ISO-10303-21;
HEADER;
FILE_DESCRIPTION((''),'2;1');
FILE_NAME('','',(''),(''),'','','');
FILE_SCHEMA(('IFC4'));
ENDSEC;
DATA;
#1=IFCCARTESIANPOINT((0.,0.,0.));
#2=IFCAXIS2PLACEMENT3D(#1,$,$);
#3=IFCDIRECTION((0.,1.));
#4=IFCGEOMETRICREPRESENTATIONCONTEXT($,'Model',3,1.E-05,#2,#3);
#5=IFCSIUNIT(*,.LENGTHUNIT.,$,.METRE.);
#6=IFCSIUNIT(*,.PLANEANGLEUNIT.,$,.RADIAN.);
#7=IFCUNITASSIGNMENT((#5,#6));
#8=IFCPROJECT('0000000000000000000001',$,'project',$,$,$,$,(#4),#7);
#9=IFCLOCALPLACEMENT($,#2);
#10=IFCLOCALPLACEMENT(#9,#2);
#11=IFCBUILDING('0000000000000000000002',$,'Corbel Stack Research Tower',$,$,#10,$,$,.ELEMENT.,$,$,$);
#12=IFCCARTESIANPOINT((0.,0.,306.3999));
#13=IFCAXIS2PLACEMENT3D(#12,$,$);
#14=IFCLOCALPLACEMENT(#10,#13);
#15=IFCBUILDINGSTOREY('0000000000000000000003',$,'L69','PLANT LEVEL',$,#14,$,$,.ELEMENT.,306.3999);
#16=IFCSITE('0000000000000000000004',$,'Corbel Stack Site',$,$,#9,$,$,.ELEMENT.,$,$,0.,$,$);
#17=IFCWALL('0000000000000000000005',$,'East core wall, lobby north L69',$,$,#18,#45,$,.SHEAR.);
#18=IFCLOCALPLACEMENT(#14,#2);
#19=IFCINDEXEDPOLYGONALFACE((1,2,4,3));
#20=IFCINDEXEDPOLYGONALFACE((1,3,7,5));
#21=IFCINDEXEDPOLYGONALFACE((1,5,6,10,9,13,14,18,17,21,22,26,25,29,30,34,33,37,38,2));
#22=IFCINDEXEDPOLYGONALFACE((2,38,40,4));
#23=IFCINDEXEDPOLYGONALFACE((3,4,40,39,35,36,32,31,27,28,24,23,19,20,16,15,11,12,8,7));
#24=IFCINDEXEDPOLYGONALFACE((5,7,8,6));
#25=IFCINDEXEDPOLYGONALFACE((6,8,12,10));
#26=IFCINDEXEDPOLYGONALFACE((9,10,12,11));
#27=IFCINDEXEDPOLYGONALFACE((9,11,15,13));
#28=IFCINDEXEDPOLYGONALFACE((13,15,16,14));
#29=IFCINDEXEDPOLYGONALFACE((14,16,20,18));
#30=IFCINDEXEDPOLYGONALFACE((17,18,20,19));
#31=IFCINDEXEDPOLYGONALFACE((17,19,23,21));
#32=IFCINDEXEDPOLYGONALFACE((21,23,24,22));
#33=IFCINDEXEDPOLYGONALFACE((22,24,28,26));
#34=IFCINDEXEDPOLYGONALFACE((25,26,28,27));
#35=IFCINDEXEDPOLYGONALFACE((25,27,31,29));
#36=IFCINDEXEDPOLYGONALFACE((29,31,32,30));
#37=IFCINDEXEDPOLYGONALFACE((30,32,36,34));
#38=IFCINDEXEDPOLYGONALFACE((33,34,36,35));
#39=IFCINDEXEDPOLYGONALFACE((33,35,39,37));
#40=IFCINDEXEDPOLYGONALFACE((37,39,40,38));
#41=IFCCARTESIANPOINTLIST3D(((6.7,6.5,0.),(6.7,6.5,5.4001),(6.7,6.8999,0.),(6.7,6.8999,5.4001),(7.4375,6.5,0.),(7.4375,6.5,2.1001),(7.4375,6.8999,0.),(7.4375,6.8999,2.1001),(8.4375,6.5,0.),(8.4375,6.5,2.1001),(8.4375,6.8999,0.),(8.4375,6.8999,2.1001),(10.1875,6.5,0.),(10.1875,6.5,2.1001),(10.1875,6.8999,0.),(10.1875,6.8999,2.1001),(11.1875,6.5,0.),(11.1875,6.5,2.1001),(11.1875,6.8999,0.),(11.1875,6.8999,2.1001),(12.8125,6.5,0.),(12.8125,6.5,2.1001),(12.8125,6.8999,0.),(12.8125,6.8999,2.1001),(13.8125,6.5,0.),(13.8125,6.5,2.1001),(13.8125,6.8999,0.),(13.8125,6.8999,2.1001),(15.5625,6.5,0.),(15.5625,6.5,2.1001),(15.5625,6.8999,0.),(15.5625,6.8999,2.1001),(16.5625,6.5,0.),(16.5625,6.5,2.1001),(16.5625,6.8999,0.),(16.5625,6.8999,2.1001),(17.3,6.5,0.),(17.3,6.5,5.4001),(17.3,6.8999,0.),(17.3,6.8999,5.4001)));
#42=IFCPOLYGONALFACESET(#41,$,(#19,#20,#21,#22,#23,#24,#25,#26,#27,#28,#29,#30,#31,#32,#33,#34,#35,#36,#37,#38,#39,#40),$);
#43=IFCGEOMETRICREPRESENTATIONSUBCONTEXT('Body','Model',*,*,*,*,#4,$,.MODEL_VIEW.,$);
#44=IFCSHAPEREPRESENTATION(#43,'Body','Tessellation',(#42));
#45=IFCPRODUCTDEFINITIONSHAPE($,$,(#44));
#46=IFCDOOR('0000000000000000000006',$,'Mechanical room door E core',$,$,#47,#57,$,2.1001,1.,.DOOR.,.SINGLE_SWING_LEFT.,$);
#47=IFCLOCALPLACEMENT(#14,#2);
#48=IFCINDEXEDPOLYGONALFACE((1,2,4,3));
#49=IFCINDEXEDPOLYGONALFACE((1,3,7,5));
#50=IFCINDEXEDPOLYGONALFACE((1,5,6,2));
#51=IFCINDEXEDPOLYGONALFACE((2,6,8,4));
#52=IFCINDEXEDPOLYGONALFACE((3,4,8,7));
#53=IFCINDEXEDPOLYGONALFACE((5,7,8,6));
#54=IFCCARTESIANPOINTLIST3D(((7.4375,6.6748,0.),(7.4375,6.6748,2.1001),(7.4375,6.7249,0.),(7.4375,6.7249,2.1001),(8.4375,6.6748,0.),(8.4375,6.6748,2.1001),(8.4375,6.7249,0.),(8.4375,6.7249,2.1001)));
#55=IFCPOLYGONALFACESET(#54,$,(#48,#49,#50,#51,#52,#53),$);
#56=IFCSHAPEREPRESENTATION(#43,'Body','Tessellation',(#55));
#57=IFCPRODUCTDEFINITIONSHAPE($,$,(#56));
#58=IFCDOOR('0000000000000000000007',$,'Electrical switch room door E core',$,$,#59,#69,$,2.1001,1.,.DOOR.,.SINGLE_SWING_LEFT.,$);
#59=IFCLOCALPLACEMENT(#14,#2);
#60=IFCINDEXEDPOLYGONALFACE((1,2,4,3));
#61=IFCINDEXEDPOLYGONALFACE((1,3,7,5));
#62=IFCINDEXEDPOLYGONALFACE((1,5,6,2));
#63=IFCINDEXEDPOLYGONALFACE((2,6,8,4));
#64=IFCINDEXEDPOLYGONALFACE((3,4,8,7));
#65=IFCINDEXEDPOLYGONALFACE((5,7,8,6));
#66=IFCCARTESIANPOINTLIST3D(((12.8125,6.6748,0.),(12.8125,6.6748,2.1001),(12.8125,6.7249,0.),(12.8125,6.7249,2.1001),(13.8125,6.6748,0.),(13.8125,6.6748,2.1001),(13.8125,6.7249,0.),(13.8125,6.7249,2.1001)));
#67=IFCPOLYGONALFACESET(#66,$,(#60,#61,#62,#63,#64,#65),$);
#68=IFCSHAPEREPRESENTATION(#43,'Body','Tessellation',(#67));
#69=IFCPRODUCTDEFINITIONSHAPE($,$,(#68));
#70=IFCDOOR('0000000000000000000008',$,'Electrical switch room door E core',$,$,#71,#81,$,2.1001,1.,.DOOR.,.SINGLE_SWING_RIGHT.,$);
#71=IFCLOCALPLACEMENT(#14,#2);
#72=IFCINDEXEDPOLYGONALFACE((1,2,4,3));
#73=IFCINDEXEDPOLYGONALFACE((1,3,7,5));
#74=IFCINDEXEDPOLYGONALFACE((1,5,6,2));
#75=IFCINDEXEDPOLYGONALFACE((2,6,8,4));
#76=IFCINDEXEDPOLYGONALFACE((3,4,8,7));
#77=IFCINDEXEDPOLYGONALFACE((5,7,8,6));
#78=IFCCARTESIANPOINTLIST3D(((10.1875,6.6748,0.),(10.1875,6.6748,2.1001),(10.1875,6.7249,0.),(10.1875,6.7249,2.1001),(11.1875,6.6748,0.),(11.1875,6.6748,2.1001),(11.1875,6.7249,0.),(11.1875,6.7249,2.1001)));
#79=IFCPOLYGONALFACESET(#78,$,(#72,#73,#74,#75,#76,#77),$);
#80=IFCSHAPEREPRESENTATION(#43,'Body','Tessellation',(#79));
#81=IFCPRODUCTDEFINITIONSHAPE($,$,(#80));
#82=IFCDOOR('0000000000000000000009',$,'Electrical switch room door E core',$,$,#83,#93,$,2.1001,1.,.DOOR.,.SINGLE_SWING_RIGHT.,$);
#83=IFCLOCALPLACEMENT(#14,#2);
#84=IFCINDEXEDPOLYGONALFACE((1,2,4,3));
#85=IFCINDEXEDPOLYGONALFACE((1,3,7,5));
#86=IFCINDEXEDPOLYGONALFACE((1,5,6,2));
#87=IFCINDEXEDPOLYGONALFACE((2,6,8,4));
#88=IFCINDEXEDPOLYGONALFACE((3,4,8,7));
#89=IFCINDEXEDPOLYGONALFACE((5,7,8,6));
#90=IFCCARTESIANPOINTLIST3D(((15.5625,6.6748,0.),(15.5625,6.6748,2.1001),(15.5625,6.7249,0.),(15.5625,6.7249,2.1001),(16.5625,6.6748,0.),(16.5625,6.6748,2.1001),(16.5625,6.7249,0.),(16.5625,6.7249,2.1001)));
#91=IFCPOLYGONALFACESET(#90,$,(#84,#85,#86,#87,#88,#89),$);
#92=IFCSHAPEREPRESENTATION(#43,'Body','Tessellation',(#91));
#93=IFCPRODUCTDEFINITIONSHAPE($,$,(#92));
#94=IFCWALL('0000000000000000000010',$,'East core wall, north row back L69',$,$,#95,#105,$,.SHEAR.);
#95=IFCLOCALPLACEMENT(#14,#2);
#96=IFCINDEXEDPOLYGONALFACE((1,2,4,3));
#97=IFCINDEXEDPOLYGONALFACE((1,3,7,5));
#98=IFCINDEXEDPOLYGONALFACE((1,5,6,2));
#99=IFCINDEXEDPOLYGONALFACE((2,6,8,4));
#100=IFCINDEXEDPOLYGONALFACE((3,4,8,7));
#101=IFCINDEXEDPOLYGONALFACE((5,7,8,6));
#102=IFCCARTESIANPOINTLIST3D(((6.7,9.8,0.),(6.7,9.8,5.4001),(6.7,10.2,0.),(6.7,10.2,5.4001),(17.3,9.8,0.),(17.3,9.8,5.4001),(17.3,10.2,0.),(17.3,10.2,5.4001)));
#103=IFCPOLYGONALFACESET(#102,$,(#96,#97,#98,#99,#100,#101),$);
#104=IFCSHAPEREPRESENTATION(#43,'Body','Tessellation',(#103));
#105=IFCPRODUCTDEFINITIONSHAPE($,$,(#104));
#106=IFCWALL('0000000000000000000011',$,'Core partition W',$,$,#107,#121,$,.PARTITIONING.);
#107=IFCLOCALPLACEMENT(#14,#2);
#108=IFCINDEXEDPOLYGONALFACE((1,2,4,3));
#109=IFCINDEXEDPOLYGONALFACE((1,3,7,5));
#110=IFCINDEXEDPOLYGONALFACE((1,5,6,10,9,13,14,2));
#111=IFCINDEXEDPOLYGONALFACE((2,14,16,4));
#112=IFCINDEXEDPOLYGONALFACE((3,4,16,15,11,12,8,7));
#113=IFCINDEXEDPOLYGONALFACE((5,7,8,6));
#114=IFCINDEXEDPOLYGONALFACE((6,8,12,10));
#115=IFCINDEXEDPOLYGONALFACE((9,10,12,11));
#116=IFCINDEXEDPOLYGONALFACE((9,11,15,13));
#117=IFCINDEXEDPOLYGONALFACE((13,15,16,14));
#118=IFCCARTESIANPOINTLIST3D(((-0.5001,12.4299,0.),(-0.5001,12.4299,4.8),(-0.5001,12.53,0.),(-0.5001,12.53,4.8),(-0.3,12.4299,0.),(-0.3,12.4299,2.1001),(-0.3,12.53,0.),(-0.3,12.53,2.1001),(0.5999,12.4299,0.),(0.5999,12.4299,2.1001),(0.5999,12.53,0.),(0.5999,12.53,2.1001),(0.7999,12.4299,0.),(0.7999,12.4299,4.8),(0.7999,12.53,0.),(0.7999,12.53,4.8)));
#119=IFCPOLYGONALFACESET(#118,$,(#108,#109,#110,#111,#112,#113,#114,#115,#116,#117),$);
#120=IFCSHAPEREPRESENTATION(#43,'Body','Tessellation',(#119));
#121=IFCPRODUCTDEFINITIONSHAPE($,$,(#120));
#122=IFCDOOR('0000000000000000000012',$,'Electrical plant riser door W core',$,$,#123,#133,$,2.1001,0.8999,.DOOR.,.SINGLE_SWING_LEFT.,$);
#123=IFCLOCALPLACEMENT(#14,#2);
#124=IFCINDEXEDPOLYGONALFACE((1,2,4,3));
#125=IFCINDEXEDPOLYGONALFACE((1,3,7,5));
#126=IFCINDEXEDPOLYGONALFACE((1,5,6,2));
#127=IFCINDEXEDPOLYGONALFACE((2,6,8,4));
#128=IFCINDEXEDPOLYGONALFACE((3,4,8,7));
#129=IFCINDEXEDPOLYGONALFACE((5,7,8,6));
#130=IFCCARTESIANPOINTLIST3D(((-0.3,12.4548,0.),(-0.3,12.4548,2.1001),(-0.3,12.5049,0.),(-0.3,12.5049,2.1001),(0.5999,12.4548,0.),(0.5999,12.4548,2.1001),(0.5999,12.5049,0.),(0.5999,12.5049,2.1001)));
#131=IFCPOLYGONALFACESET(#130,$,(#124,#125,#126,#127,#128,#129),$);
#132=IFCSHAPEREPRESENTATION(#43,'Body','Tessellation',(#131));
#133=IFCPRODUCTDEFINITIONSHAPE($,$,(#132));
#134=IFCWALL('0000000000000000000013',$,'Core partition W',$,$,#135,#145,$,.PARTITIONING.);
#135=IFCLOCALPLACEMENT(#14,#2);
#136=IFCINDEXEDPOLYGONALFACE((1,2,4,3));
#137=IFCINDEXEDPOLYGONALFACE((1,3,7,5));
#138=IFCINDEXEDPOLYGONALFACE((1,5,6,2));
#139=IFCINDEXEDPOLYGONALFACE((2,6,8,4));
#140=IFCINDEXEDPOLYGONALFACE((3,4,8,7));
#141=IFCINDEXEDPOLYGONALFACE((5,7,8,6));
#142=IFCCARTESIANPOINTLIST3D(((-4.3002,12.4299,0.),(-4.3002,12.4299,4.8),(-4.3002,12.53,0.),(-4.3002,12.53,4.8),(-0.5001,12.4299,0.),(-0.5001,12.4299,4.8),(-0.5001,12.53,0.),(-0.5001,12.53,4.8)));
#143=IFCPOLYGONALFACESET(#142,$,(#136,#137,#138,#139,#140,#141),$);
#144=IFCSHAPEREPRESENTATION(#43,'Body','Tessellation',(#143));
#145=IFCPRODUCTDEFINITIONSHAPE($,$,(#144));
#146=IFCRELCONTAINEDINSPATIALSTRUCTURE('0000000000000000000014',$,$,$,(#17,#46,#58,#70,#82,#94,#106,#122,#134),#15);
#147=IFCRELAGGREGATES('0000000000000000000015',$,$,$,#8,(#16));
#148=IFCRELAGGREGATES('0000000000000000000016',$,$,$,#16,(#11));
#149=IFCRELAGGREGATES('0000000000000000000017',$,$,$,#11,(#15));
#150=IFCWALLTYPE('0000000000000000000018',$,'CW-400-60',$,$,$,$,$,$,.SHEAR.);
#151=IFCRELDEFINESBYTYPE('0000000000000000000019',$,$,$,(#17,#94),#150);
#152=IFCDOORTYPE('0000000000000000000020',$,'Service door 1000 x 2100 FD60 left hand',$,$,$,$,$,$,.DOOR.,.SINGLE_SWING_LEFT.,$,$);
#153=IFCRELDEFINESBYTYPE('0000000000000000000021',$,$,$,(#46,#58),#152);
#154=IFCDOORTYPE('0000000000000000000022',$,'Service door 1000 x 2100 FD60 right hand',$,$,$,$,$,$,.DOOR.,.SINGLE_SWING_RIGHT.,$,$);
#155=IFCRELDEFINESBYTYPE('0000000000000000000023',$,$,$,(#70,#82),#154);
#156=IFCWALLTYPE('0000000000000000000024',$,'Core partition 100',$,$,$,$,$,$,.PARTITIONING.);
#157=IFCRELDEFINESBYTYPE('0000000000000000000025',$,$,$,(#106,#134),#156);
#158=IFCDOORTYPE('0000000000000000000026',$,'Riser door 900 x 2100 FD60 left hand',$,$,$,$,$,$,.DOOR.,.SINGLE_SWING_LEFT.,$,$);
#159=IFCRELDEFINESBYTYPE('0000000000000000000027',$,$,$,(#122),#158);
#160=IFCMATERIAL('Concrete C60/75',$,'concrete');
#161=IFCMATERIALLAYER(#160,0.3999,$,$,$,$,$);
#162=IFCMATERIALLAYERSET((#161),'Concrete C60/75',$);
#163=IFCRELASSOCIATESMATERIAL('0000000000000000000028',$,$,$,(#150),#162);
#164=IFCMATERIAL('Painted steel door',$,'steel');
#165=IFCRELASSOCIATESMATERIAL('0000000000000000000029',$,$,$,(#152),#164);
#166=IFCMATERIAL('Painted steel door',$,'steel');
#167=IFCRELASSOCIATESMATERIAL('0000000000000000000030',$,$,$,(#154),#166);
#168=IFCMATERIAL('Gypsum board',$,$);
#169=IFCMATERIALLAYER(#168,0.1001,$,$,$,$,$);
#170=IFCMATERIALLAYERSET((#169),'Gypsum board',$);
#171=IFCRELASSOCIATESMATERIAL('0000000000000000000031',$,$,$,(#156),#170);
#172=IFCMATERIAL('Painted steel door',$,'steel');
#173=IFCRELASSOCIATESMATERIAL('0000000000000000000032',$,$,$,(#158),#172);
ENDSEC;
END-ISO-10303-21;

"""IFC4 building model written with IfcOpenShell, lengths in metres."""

from ifc_helpers import new_model, si_unit, direction, frame, frame_2d, origin, place, context, subcontext, project, spatial, rectangle, extrude, material, layer, layer_set, type_object, element, fill, save


model = new_model("IFC4")

# Units and contexts
model_context = context("Model", 3, precision=1e-05, world=origin(), true_north=direction((0.0, 1.0)))
body_context = subcontext(model_context, "Body", "Model", "MODEL_VIEW")
ifc_project = project(units=[si_unit("LENGTHUNIT", "METRE"), si_unit("PLANEANGLEUNIT", "RADIAN")], contexts=[model_context])

# Site, building, storey
site_placement = place(None, origin())
site = spatial("IfcSite", under=ifc_project, at=site_placement, Name="Corbel Stack Site", CompositionType="ELEMENT", RefElevation=0.0)
building_placement = place(site_placement, origin())
building = spatial("IfcBuilding", under=site, at=building_placement, Name="Corbel Stack Research Tower", CompositionType="ELEMENT")
storey_placement = place(building_placement, frame((0.0, 0.0, 306.3999)))
storey = spatial("IfcBuildingStorey", under=building, at=storey_placement, Name="L69", Description="PLANT LEVEL", CompositionType="ELEMENT", Elevation=306.3999)

# Shared definitions
ifc_material_1 = material(Name="Concrete C60/75", Category="concrete")
ifc_layer_1 = layer(ifc_material_1, 0.3999)
ifc_layer_set_1 = layer_set([ifc_layer_1], Name="Concrete C60/75")
wall_type_1 = type_object("IfcWallType", Name="CW-400-60", PredefinedType="SHEAR", material=ifc_layer_set_1)

# Wall, openings, doors
ifc_material_2 = material(Name="Painted steel door", Category="steel")
door_type_1 = type_object("IfcDoorType", Name="Service door 1000 x 2100 FD60 left hand", OperationType="SINGLE_SWING_LEFT", PredefinedType="DOOR", material=ifc_material_2)
ifc_material_3 = material(Name="Painted steel door", Category="steel")
door_type_2 = type_object("IfcDoorType", Name="Service door 1000 x 2100 FD60 right hand", OperationType="SINGLE_SWING_RIGHT", PredefinedType="DOOR", material=ifc_material_3)
wall_1_placement = place(storey_placement, frame((6.7, 6.7, 0.0), z_axis=(0.0, 0.0, 1.0), x_axis=(1.0, 0.0, 0.0)))
wall_1 = element("IfcWall", 1, at=wall_1_placement, inside=storey, type_object=wall_type_1, Name="East core wall, lobby north L69", PredefinedType="SHEAR", context=body_context, shape_type="SweptSolid", body=[
    extrude(rectangle(XDim=10.6001, YDim=0.3999, at=frame_2d((5.3, 0.0))), origin(), (0.0, 0.0, 1.0), 5.4001),
])
opening_1_placement = place(wall_1_placement, frame((0.7375, 0.0, 0.0)))
opening_1 = element("IfcOpeningElement", 2, at=opening_1_placement, cuts=wall_1, PredefinedType="OPENING", context=body_context, shape_type="SweptSolid", body=[
    extrude(rectangle(XDim=1.0, YDim=2.1001, at=frame_2d((0.5, 1.05))), frame((0.0, 0.21, 0.0), z_axis=(0.0, -1.0, 0.0), x_axis=(1.0, 0.0, 0.0)), (0.0, 0.0, 1.0), 0.4199),
])
opening_2_placement = place(wall_1_placement, frame((3.4875, 0.0, 0.0)))
opening_2 = element("IfcOpeningElement", 3, at=opening_2_placement, cuts=wall_1, PredefinedType="OPENING", context=body_context, shape_type="SweptSolid", body=[
    extrude(rectangle(XDim=1.0, YDim=2.1001, at=frame_2d((0.5, 1.05))), frame((0.0, 0.21, 0.0), z_axis=(0.0, -1.0, 0.0), x_axis=(1.0, 0.0, 0.0)), (0.0, 0.0, 1.0), 0.4199),
])
opening_3_placement = place(wall_1_placement, frame((6.1125, 0.0, 0.0)))
opening_3 = element("IfcOpeningElement", 4, at=opening_3_placement, cuts=wall_1, PredefinedType="OPENING", context=body_context, shape_type="SweptSolid", body=[
    extrude(rectangle(XDim=1.0, YDim=2.1001, at=frame_2d((0.5, 1.05))), frame((0.0, 0.21, 0.0), z_axis=(0.0, -1.0, 0.0), x_axis=(1.0, 0.0, 0.0)), (0.0, 0.0, 1.0), 0.4199),
])
opening_4_placement = place(wall_1_placement, frame((8.8625, 0.0, 0.0)))
opening_4 = element("IfcOpeningElement", 5, at=opening_4_placement, cuts=wall_1, PredefinedType="OPENING", context=body_context, shape_type="SweptSolid", body=[
    extrude(rectangle(XDim=1.0, YDim=2.1001, at=frame_2d((0.5, 1.05))), frame((0.0, 0.21, 0.0), z_axis=(0.0, -1.0, 0.0), x_axis=(1.0, 0.0, 0.0)), (0.0, 0.0, 1.0), 0.4199),
])
door_1_placement = place(opening_1_placement, origin())
door_1 = element("IfcDoor", 6, at=door_1_placement, inside=storey, type_object=door_type_1, Name="Mechanical room door E core", OperationType="SINGLE_SWING_LEFT", OverallHeight=2.1001, OverallWidth=1.0, PredefinedType="DOOR", context=body_context, shape_type="SweptSolid", body=[
    extrude(rectangle(XDim=1.0, YDim=2.1001, at=frame_2d((0.5, 1.05))), frame((0.0, 0.0249, 0.0), z_axis=(0.0, -1.0, 0.0), x_axis=(1.0, 0.0, 0.0)), (0.0, 0.0, 1.0), 0.05),
])
fill(opening_1, door_1)
door_2_placement = place(opening_3_placement, origin())
door_2 = element("IfcDoor", 7, at=door_2_placement, inside=storey, type_object=door_type_1, Name="Electrical switch room door E core", OperationType="SINGLE_SWING_LEFT", OverallHeight=2.1001, OverallWidth=1.0, PredefinedType="DOOR", context=body_context, shape_type="SweptSolid", body=[
    extrude(rectangle(XDim=1.0, YDim=2.1001, at=frame_2d((0.5, 1.05))), frame((0.0, 0.0249, 0.0), z_axis=(0.0, -1.0, 0.0), x_axis=(1.0, 0.0, 0.0)), (0.0, 0.0, 1.0), 0.05),
])
fill(opening_3, door_2)
door_3_placement = place(opening_2_placement, origin())
door_3 = element("IfcDoor", 8, at=door_3_placement, inside=storey, type_object=door_type_2, Name="Electrical switch room door E core", OperationType="SINGLE_SWING_RIGHT", OverallHeight=2.1001, OverallWidth=1.0, PredefinedType="DOOR", context=body_context, shape_type="SweptSolid", body=[
    extrude(rectangle(XDim=1.0, YDim=2.1001, at=frame_2d((0.5, 1.05))), frame((0.0, 0.0249, 0.0), z_axis=(0.0, -1.0, 0.0), x_axis=(1.0, 0.0, 0.0)), (0.0, 0.0, 1.0), 0.05),
])
fill(opening_2, door_3)
door_4_placement = place(opening_4_placement, origin())
door_4 = element("IfcDoor", 9, at=door_4_placement, inside=storey, type_object=door_type_2, Name="Electrical switch room door E core", OperationType="SINGLE_SWING_RIGHT", OverallHeight=2.1001, OverallWidth=1.0, PredefinedType="DOOR", context=body_context, shape_type="SweptSolid", body=[
    extrude(rectangle(XDim=1.0, YDim=2.1001, at=frame_2d((0.5, 1.05))), frame((0.0, 0.0249, 0.0), z_axis=(0.0, -1.0, 0.0), x_axis=(1.0, 0.0, 0.0)), (0.0, 0.0, 1.0), 0.05),
])
fill(opening_4, door_4)

# Wall
wall_2_placement = place(storey_placement, frame((6.7, 10.0, 0.0), z_axis=(0.0, 0.0, 1.0), x_axis=(1.0, 0.0, 0.0)))
element("IfcWall", 10, at=wall_2_placement, inside=storey, type_object=wall_type_1, Name="East core wall, north row back L69", PredefinedType="SHEAR", context=body_context, shape_type="SweptSolid", body=[
    extrude(rectangle(XDim=10.6001, YDim=0.3999, at=frame_2d((5.3, 0.0))), origin(), (0.0, 0.0, 1.0), 5.4001),
])

# Wall, opening, door
ifc_material_4 = material(Name="Gypsum board")
ifc_layer_2 = layer(ifc_material_4, 0.1001)
ifc_layer_set_2 = layer_set([ifc_layer_2], Name="Gypsum board")
wall_type_2 = type_object("IfcWallType", Name="Core partition 100", PredefinedType="PARTITIONING", material=ifc_layer_set_2)
wall_3_placement = place(storey_placement, frame((-0.5, 12.48, 0.0), z_axis=(0.0, 0.0, 1.0), x_axis=(1.0, 0.0, 0.0)))
wall_3 = element("IfcWall", 11, at=wall_3_placement, inside=storey, type_object=wall_type_2, Name="Core partition W", PredefinedType="PARTITIONING", context=body_context, shape_type="SweptSolid", body=[
    extrude(rectangle(XDim=1.3, YDim=0.1001, at=frame_2d((0.6499, 0.0))), origin(), (0.0, 0.0, 1.0), 4.8),
])
opening_5_placement = place(wall_3_placement, frame((0.2, 0.0, 0.0)))
opening_5 = element("IfcOpeningElement", 12, at=opening_5_placement, cuts=wall_3, PredefinedType="OPENING", context=body_context, shape_type="SweptSolid", body=[
    extrude(rectangle(XDim=0.8999, YDim=2.1001, at=frame_2d((0.45, 1.05))), frame((0.0, 0.0601, 0.0), z_axis=(0.0, -1.0, 0.0), x_axis=(1.0, 0.0, 0.0)), (0.0, 0.0, 1.0), 0.1201),
])
ifc_material_5 = material(Name="Painted steel door", Category="steel")
door_type_3 = type_object("IfcDoorType", Name="Riser door 900 x 2100 FD60 left hand", OperationType="SINGLE_SWING_LEFT", PredefinedType="DOOR", material=ifc_material_5)
door_5_placement = place(opening_5_placement, origin())
door_5 = element("IfcDoor", 13, at=door_5_placement, inside=storey, type_object=door_type_3, Name="Electrical plant riser door W core", OperationType="SINGLE_SWING_LEFT", OverallHeight=2.1001, OverallWidth=0.8999, PredefinedType="DOOR", context=body_context, shape_type="SweptSolid", body=[
    extrude(rectangle(XDim=0.8999, YDim=2.1001, at=frame_2d((0.45, 1.05))), frame((0.0, 0.0249, 0.0), z_axis=(0.0, -1.0, 0.0), x_axis=(1.0, 0.0, 0.0)), (0.0, 0.0, 1.0), 0.05),
])
fill(opening_5, door_5)

# Wall
wall_4_placement = place(storey_placement, frame((-4.3, 12.48, 0.0), z_axis=(0.0, 0.0, 1.0), x_axis=(1.0, 0.0, 0.0)))
element("IfcWall", 14, at=wall_4_placement, inside=storey, type_object=wall_type_2, Name="Core partition W", PredefinedType="PARTITIONING", context=body_context, shape_type="SweptSolid", body=[
    extrude(rectangle(XDim=3.8, YDim=0.1001, at=frame_2d((1.8999, 0.0))), origin(), (0.0, 0.0, 1.0), 4.8),
])

save(model, "model.ifc")
